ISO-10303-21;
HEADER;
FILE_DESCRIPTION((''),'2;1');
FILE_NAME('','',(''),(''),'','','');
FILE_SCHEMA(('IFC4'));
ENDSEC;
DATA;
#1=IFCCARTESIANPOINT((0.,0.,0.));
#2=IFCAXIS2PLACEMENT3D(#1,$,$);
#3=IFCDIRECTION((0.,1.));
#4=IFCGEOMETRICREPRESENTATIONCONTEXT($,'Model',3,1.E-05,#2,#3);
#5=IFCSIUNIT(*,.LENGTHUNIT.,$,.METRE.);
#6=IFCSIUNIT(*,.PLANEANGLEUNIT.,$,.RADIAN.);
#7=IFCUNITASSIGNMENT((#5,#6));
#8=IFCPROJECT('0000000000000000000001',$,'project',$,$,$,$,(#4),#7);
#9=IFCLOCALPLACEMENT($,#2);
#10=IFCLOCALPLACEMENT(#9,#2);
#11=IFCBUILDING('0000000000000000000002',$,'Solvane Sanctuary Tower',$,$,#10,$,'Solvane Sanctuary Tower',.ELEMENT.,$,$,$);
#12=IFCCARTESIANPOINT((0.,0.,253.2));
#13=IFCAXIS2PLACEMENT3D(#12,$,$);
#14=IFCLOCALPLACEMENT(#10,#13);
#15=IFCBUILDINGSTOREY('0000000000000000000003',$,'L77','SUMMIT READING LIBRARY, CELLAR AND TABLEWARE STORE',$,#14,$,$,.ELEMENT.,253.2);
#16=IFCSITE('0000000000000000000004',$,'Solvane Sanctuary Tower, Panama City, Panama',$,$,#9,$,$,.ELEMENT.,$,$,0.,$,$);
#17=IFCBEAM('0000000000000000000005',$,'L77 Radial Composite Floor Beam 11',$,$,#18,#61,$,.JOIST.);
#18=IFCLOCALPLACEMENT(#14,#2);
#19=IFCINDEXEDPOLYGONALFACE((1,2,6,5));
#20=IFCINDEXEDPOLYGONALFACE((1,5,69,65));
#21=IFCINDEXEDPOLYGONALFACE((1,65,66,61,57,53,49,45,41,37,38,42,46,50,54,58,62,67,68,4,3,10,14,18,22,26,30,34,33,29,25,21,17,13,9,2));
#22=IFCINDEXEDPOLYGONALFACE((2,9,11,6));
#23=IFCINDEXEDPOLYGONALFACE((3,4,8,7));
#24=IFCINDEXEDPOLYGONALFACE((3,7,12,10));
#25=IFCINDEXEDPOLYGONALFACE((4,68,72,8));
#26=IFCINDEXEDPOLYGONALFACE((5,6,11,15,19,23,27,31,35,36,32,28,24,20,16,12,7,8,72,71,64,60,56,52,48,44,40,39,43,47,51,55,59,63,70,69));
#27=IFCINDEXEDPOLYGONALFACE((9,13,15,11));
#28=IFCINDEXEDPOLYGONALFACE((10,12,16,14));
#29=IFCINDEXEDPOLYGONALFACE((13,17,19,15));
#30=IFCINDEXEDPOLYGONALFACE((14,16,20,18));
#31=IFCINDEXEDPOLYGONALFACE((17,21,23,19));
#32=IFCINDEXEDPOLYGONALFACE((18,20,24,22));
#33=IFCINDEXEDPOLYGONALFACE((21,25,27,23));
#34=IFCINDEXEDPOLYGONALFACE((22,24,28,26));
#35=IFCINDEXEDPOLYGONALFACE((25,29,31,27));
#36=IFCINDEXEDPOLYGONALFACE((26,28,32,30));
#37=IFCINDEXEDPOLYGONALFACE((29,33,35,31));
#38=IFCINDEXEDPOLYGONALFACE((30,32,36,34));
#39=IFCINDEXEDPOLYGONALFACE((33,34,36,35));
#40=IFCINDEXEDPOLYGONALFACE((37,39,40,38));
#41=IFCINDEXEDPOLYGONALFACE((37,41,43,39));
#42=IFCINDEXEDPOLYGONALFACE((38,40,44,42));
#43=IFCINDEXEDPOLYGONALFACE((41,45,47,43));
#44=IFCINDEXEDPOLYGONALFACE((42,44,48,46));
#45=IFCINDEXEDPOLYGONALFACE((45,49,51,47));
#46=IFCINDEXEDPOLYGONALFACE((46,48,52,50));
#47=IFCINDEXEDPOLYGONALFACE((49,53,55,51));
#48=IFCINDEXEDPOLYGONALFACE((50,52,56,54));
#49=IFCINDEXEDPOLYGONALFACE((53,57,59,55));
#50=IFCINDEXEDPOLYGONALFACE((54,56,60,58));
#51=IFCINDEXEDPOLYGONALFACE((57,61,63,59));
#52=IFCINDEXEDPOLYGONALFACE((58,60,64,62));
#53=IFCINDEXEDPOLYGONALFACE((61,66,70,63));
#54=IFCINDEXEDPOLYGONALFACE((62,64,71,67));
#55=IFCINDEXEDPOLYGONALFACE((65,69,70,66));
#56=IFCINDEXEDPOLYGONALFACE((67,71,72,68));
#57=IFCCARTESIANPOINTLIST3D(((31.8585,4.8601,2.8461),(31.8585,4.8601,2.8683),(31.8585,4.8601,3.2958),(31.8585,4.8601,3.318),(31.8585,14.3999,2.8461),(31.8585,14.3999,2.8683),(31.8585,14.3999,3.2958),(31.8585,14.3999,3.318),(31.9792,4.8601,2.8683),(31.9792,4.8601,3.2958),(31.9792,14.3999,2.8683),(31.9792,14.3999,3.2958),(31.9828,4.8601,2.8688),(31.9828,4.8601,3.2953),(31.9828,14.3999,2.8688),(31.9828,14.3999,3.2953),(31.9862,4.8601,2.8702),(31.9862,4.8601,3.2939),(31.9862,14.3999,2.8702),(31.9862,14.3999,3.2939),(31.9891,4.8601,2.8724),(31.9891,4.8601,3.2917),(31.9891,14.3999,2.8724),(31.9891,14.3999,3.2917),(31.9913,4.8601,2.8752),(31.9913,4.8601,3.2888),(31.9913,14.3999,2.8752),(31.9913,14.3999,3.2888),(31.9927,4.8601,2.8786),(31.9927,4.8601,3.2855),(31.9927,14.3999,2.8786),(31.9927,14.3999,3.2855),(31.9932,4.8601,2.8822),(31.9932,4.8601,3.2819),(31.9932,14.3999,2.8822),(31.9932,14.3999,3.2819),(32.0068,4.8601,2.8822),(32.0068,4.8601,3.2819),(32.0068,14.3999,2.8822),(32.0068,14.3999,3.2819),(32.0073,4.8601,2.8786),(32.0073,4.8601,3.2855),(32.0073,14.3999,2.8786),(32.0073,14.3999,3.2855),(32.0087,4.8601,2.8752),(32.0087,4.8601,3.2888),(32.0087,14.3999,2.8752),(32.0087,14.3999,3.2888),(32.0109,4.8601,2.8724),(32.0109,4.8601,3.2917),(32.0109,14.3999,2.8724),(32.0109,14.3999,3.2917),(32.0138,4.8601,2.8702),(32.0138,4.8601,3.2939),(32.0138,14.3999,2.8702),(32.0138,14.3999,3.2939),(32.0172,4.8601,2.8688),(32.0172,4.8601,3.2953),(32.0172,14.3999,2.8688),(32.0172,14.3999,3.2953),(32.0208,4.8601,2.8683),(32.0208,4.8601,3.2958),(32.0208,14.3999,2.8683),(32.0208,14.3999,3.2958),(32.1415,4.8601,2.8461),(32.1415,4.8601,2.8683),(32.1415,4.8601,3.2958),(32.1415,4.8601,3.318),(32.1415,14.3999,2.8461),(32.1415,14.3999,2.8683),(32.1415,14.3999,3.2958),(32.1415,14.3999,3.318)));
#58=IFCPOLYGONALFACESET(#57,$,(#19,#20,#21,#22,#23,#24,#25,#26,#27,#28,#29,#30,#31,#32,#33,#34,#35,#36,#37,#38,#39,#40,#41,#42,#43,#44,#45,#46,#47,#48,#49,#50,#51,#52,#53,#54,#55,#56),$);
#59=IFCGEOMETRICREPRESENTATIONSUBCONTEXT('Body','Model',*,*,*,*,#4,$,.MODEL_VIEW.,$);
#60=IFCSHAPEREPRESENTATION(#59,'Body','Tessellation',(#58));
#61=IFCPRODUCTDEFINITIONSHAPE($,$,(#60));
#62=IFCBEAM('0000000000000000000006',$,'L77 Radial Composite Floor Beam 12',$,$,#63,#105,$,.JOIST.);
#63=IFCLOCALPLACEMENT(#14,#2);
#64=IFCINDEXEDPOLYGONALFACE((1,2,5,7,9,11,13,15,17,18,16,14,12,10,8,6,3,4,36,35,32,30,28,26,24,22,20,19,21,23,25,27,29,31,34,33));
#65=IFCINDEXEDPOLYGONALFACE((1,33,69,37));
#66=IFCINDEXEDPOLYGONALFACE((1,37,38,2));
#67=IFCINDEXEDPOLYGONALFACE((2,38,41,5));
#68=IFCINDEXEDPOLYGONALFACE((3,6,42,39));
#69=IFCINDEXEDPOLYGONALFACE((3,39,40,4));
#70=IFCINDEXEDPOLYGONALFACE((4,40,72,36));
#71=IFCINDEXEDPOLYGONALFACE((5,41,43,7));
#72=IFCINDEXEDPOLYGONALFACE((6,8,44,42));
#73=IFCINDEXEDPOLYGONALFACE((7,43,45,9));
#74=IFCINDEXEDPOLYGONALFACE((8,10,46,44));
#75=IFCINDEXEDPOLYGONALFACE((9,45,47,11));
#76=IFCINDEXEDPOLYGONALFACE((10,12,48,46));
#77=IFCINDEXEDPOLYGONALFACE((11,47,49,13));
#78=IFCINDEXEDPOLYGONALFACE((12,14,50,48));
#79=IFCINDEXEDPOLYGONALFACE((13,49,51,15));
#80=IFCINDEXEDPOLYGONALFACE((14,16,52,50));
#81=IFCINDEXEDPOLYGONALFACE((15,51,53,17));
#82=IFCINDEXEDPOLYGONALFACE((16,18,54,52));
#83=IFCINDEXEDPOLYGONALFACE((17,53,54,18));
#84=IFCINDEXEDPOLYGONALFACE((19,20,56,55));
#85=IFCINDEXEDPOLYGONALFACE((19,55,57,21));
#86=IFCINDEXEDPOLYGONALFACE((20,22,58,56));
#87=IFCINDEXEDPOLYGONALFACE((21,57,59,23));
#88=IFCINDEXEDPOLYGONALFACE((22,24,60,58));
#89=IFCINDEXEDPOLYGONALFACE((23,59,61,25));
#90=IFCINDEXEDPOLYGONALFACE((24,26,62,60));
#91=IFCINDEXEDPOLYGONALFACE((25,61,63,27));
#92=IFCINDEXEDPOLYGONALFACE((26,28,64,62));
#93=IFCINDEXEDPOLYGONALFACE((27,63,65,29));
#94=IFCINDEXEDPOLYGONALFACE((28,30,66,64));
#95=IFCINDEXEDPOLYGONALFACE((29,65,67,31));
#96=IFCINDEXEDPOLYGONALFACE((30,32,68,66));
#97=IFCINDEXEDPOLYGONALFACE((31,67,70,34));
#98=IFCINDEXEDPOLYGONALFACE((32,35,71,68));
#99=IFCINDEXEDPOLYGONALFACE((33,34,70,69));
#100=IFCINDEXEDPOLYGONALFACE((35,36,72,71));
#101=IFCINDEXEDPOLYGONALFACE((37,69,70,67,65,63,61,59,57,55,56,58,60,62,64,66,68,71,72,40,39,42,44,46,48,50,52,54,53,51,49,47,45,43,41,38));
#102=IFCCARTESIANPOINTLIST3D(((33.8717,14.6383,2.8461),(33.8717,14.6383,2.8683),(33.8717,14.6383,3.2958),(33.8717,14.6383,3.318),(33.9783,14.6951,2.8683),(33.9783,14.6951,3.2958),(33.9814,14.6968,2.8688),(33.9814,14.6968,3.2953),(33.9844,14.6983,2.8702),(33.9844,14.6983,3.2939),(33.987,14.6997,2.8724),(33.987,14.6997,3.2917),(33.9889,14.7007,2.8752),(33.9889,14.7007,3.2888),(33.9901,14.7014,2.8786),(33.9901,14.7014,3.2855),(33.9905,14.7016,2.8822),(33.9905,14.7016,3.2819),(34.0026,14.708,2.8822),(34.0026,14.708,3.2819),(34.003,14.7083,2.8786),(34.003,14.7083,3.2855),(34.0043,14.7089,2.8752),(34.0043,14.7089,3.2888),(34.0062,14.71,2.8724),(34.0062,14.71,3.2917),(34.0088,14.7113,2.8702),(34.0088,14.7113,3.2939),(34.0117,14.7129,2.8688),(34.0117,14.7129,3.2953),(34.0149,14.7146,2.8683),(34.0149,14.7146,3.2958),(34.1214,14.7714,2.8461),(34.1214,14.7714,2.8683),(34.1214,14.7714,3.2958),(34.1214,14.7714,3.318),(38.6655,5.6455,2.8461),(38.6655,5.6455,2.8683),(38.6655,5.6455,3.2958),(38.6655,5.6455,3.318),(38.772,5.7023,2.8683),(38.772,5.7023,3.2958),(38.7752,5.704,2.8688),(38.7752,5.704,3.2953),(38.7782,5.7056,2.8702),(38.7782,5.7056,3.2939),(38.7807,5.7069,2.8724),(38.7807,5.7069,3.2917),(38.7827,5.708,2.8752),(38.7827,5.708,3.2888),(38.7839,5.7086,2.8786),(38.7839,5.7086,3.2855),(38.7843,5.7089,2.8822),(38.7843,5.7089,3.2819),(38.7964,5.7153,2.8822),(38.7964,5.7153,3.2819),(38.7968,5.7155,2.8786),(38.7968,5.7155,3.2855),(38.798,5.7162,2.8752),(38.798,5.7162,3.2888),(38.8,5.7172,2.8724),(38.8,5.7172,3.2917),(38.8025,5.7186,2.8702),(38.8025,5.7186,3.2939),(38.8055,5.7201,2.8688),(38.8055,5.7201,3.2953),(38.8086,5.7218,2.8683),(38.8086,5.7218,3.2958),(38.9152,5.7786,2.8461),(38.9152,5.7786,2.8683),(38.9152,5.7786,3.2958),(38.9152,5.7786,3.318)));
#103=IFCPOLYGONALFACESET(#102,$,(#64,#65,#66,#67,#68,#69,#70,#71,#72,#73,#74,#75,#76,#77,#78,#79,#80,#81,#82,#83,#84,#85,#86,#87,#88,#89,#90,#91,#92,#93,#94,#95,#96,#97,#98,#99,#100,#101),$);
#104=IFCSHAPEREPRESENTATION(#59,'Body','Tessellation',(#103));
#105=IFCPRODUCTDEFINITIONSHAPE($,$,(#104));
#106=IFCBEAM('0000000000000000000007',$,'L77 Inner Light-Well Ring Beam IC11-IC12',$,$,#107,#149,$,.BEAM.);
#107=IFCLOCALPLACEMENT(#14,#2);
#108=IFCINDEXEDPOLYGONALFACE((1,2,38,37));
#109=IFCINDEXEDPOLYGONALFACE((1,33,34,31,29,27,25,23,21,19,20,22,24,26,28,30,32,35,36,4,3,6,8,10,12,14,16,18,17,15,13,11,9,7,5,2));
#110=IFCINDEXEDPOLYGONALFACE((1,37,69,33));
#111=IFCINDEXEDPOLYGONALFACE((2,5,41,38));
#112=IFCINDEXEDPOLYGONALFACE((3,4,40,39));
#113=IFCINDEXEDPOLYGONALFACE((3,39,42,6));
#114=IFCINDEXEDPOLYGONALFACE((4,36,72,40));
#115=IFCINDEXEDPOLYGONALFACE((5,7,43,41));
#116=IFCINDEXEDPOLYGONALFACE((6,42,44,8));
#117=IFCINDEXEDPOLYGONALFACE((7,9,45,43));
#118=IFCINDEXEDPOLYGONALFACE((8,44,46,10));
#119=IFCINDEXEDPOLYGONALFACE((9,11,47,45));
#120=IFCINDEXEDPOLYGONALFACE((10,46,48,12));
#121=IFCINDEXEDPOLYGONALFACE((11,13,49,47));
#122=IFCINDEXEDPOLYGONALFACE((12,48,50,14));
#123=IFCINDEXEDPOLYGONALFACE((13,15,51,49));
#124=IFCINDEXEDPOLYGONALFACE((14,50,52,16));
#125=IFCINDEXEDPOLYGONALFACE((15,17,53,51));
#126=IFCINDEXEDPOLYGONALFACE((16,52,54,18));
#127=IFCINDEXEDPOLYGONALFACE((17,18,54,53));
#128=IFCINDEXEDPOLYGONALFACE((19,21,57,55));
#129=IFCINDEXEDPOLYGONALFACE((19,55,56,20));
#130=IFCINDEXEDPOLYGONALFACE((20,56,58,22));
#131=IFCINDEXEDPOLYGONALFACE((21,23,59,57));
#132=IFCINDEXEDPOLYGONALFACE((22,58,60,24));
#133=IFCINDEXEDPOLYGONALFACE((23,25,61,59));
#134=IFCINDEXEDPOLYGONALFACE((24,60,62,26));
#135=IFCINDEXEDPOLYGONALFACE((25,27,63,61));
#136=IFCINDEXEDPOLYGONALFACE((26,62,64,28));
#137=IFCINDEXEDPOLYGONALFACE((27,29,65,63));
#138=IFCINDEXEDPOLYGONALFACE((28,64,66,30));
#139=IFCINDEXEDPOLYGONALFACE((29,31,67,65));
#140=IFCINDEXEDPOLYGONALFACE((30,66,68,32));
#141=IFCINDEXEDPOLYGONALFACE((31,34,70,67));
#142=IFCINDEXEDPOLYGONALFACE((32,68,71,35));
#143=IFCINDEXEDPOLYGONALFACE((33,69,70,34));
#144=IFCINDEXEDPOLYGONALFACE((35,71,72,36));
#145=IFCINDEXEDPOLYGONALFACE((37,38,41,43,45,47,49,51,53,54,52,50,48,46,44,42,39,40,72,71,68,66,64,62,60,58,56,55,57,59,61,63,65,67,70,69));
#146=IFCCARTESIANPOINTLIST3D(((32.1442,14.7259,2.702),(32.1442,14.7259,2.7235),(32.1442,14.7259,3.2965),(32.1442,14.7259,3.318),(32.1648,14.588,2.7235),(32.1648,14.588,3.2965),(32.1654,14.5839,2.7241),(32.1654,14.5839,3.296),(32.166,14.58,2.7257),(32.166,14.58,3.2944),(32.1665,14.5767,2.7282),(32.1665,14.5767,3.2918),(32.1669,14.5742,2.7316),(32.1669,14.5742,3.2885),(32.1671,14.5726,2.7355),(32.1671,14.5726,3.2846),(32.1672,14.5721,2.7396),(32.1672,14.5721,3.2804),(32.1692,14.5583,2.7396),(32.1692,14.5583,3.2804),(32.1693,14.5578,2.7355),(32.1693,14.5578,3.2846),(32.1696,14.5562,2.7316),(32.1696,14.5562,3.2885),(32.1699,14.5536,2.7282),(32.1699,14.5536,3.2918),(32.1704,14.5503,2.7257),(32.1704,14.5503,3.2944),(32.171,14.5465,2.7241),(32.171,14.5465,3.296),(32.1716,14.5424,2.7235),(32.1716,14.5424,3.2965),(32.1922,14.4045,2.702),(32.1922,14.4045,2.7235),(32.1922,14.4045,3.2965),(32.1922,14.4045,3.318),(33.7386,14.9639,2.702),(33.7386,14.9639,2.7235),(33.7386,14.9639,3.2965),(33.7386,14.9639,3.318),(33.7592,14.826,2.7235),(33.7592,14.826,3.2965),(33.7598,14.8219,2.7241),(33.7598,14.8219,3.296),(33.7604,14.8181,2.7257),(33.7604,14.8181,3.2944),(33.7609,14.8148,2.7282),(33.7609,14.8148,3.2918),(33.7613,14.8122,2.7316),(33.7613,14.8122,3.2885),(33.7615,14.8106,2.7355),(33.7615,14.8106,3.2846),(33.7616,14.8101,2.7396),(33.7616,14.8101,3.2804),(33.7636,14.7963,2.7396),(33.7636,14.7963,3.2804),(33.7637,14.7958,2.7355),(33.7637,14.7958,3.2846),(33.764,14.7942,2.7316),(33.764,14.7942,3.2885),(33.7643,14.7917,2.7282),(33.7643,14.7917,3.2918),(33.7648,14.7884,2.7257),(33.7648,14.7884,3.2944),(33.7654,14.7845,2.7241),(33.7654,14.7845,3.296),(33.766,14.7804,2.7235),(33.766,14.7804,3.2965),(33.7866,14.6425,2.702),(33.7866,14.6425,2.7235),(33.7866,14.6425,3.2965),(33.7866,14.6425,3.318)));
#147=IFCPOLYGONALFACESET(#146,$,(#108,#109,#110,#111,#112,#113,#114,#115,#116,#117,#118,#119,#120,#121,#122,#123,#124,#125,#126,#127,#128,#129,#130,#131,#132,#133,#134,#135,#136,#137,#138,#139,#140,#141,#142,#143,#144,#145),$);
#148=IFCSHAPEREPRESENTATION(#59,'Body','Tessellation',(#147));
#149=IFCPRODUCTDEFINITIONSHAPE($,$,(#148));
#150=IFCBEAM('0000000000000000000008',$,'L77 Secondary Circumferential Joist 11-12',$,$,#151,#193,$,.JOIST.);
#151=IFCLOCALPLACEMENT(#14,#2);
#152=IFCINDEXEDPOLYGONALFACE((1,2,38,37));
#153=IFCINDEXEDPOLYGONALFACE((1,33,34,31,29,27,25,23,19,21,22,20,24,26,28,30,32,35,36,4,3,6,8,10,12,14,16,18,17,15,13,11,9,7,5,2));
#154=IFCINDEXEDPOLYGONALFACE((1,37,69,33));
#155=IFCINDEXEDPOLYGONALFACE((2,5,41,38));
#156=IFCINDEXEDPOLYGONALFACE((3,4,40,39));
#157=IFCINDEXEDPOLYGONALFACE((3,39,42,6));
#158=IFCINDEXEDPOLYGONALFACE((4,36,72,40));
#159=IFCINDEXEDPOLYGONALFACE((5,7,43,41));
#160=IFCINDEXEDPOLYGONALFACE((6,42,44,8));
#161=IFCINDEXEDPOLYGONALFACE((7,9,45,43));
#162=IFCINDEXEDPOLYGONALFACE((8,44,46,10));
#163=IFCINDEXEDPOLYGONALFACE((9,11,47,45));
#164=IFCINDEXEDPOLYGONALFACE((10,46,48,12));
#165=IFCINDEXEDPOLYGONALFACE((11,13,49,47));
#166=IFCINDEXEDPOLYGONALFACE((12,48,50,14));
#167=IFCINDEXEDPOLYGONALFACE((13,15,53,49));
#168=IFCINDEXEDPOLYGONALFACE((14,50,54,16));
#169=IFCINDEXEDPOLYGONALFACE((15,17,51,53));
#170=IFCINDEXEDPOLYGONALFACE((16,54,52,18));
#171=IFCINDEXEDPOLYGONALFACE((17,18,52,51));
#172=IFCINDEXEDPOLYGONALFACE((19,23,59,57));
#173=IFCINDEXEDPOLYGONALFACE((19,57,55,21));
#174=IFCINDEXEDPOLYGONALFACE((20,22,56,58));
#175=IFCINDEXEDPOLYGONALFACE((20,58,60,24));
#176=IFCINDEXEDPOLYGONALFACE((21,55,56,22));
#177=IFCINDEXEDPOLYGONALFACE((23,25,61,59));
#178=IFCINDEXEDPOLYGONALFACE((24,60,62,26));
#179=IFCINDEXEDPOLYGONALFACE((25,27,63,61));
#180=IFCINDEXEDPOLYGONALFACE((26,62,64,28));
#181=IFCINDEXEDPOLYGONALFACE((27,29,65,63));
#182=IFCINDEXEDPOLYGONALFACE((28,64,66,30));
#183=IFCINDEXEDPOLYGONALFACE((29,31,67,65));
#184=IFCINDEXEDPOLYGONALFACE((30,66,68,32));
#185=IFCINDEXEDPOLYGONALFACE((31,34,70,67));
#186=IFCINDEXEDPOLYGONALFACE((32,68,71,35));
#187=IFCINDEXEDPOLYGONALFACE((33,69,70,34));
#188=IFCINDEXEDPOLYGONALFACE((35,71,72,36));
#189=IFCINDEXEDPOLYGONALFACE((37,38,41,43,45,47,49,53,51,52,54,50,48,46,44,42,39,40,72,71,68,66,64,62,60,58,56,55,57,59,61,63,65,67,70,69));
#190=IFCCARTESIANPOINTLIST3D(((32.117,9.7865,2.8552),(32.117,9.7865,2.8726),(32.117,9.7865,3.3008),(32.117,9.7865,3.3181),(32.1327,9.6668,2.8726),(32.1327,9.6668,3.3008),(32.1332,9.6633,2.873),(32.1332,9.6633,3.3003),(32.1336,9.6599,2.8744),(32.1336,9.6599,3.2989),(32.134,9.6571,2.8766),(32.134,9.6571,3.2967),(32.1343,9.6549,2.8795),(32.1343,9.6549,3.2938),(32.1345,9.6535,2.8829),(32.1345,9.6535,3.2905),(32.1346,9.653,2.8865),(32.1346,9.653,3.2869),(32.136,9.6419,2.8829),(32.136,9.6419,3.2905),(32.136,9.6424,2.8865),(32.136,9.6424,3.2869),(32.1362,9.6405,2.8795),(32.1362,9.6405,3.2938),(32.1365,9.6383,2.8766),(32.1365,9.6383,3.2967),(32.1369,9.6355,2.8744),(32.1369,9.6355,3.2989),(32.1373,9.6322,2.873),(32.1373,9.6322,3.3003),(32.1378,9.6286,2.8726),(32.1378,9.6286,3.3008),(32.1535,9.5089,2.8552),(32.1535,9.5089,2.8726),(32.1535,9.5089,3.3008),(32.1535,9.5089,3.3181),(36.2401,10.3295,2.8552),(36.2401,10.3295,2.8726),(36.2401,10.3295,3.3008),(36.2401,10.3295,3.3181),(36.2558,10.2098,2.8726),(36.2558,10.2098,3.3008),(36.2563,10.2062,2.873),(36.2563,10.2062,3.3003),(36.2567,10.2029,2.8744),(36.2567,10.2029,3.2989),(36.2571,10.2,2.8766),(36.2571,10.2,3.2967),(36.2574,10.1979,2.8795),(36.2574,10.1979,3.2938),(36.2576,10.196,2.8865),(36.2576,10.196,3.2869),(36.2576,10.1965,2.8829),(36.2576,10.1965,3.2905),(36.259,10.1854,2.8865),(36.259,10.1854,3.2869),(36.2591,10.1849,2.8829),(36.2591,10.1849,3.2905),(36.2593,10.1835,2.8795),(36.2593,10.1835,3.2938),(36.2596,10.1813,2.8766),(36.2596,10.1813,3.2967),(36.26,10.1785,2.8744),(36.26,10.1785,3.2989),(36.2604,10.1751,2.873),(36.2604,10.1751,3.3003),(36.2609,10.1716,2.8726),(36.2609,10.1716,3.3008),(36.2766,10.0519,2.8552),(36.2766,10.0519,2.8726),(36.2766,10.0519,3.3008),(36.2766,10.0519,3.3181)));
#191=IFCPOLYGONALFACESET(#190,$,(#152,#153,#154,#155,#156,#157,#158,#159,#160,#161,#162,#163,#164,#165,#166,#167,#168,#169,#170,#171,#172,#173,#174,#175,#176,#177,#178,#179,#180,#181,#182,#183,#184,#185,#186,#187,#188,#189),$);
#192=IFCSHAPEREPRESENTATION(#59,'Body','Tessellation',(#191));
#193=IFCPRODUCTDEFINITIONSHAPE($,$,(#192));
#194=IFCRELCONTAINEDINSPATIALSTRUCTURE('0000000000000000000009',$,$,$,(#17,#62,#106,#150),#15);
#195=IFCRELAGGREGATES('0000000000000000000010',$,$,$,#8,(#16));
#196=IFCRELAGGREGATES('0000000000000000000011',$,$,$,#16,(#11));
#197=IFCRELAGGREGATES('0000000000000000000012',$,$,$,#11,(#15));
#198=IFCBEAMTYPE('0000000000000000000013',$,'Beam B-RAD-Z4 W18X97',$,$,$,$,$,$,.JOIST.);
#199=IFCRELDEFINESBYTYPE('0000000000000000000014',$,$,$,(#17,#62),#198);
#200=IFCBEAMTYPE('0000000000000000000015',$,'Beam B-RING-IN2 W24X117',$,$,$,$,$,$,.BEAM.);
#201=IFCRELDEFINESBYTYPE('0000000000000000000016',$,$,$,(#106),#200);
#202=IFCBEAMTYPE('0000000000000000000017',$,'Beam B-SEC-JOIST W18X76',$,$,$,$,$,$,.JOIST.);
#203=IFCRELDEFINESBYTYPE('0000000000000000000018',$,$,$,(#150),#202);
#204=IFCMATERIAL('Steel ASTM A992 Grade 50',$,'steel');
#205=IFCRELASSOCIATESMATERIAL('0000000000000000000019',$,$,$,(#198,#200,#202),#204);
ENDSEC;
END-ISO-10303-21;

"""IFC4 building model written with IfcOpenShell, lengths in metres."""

from ifc_helpers import new_model, si_unit, direction, frame, origin, origin_2d, place, context, subcontext, project, spatial, i_section, extrude, material, material_profile, profile_set, type_object, element, save


model = new_model("IFC4")

# Units and contexts
model_context = context("Model", 3, precision=1e-05, world=origin(), true_north=direction((0.0, 1.0)))
body_context = subcontext(model_context, "Body", "Model", "MODEL_VIEW")
ifc_project = project(units=[si_unit("LENGTHUNIT", "METRE"), si_unit("PLANEANGLEUNIT", "RADIAN")], contexts=[model_context])

# Site, building, storey
site_placement = place(None, origin())
site = spatial("IfcSite", under=ifc_project, at=site_placement, Name="Solvane Sanctuary Tower, Panama City, Panama", CompositionType="ELEMENT", RefElevation=0.0)
building_placement = place(site_placement, origin())
building = spatial("IfcBuilding", under=site, at=building_placement, Name="Solvane Sanctuary Tower", LongName="Solvane Sanctuary Tower", CompositionType="ELEMENT")
storey_placement = place(building_placement, frame((0.0, 0.0, 253.2)))
storey = spatial("IfcBuildingStorey", under=building, at=storey_placement, Name="L77", Description="SUMMIT READING LIBRARY, CELLAR AND TABLEWARE STORE", CompositionType="ELEMENT", Elevation=253.2)

# Beams
ifc_material_1 = material(Name="Steel ASTM A992 Grade 50", Category="steel")
ifc_material_profile_1 = material_profile(ifc_material_1, i_section(OverallWidth=0.283, OverallDepth=0.4719, WebThickness=0.0137, FlangeThickness=0.0222, FilletRadius=0.0139, at=origin_2d()), Name="W18X97")
ifc_profile_set_1 = profile_set([ifc_material_profile_1], Name="Steel ASTM A992 Grade 50")
beam_type_1 = type_object("IfcBeamType", Name="Beam B-RAD-Z4 W18X97", PredefinedType="JOIST", material=ifc_profile_set_1)
beam_1_placement = place(storey_placement, frame((32.0, 14.3999, 3.082), z_axis=(0.0, -1.0, 0.0), x_axis=(1.0, 0.0, 0.0)))
element("IfcBeam", 1, at=beam_1_placement, inside=storey, type_object=beam_type_1, Name="L77 Radial Composite Floor Beam 11", PredefinedType="JOIST", context=body_context, shape_type="SweptSolid", body=[
    extrude(i_section(OverallWidth=0.283, OverallDepth=0.4719, WebThickness=0.0137, FlangeThickness=0.0222, FilletRadius=0.0139, at=origin_2d()), origin(), (0.0, 0.0, 1.0), 9.5398),
])
beam_2_placement = place(storey_placement, frame((33.9966, 14.7048, 3.082), z_axis=(0.470405, -0.88245, 0.0), x_axis=(0.88245, 0.470405, 0.0)))
element("IfcBeam", 2, at=beam_2_placement, inside=storey, type_object=beam_type_1, Name="L77 Radial Composite Floor Beam 12", PredefinedType="JOIST", context=body_context, shape_type="SweptSolid", body=[
    extrude(i_section(OverallWidth=0.283, OverallDepth=0.4719, WebThickness=0.0137, FlangeThickness=0.0222, FilletRadius=0.0139, at=origin_2d()), origin(), (0.0, 0.0, 1.0), 10.1907),
])
ifc_material_profile_2 = material_profile(ifc_material_1, i_section(OverallWidth=0.325, OverallDepth=0.616, WebThickness=0.0139, FlangeThickness=0.0215, FilletRadius=0.0161, at=origin_2d()), Name="W24X117")
ifc_profile_set_2 = profile_set([ifc_material_profile_2], Name="Steel ASTM A992 Grade 50")
beam_type_2 = type_object("IfcBeamType", Name="Beam B-RING-IN2 W24X117", PredefinedType="BEAM", material=ifc_profile_set_2)
beam_3_placement = place(storey_placement, frame((32.1682, 14.5652, 3.01), z_axis=(0.989039, 0.147652, 0.0), x_axis=(-0.147652, 0.989039, 0.0)))
element("IfcBeam", 3, at=beam_3_placement, inside=storey, type_object=beam_type_2, Name="L77 Inner Light-Well Ring Beam IC11-IC12", PredefinedType="BEAM", context=body_context, shape_type="SweptSolid", body=[
    extrude(i_section(OverallWidth=0.325, OverallDepth=0.616, WebThickness=0.0139, FlangeThickness=0.0215, FilletRadius=0.0161, at=origin_2d()), origin(), (0.0, 0.0, 1.0), 1.6121),
])
ifc_material_profile_3 = material_profile(ifc_material_1, i_section(OverallWidth=0.28, OverallDepth=0.4629, WebThickness=0.0107, FlangeThickness=0.0173, FilletRadius=0.0139, at=origin_2d()), Name="W18X76")
ifc_profile_set_3 = profile_set([ifc_material_profile_3], Name="Steel ASTM A992 Grade 50")
beam_type_3 = type_object("IfcBeamType", Name="Beam B-SEC-JOIST W18X76", PredefinedType="JOIST", material=ifc_profile_set_3)
beam_4_placement = place(storey_placement, frame((32.1353, 9.6477, 3.0867), z_axis=(0.99144, 0.130564, 0.0), x_axis=(-0.130564, 0.99144, 0.0)))
element("IfcBeam", 4, at=beam_4_placement, inside=storey, type_object=beam_type_3, Name="L77 Secondary Circumferential Joist 11-12", PredefinedType="JOIST", context=body_context, shape_type="SweptSolid", body=[
    extrude(i_section(OverallWidth=0.28, OverallDepth=0.4629, WebThickness=0.0107, FlangeThickness=0.0173, FilletRadius=0.0139, at=origin_2d()), origin(), (0.0, 0.0, 1.0), 4.1587),
])

save(model, "model.ifc")
